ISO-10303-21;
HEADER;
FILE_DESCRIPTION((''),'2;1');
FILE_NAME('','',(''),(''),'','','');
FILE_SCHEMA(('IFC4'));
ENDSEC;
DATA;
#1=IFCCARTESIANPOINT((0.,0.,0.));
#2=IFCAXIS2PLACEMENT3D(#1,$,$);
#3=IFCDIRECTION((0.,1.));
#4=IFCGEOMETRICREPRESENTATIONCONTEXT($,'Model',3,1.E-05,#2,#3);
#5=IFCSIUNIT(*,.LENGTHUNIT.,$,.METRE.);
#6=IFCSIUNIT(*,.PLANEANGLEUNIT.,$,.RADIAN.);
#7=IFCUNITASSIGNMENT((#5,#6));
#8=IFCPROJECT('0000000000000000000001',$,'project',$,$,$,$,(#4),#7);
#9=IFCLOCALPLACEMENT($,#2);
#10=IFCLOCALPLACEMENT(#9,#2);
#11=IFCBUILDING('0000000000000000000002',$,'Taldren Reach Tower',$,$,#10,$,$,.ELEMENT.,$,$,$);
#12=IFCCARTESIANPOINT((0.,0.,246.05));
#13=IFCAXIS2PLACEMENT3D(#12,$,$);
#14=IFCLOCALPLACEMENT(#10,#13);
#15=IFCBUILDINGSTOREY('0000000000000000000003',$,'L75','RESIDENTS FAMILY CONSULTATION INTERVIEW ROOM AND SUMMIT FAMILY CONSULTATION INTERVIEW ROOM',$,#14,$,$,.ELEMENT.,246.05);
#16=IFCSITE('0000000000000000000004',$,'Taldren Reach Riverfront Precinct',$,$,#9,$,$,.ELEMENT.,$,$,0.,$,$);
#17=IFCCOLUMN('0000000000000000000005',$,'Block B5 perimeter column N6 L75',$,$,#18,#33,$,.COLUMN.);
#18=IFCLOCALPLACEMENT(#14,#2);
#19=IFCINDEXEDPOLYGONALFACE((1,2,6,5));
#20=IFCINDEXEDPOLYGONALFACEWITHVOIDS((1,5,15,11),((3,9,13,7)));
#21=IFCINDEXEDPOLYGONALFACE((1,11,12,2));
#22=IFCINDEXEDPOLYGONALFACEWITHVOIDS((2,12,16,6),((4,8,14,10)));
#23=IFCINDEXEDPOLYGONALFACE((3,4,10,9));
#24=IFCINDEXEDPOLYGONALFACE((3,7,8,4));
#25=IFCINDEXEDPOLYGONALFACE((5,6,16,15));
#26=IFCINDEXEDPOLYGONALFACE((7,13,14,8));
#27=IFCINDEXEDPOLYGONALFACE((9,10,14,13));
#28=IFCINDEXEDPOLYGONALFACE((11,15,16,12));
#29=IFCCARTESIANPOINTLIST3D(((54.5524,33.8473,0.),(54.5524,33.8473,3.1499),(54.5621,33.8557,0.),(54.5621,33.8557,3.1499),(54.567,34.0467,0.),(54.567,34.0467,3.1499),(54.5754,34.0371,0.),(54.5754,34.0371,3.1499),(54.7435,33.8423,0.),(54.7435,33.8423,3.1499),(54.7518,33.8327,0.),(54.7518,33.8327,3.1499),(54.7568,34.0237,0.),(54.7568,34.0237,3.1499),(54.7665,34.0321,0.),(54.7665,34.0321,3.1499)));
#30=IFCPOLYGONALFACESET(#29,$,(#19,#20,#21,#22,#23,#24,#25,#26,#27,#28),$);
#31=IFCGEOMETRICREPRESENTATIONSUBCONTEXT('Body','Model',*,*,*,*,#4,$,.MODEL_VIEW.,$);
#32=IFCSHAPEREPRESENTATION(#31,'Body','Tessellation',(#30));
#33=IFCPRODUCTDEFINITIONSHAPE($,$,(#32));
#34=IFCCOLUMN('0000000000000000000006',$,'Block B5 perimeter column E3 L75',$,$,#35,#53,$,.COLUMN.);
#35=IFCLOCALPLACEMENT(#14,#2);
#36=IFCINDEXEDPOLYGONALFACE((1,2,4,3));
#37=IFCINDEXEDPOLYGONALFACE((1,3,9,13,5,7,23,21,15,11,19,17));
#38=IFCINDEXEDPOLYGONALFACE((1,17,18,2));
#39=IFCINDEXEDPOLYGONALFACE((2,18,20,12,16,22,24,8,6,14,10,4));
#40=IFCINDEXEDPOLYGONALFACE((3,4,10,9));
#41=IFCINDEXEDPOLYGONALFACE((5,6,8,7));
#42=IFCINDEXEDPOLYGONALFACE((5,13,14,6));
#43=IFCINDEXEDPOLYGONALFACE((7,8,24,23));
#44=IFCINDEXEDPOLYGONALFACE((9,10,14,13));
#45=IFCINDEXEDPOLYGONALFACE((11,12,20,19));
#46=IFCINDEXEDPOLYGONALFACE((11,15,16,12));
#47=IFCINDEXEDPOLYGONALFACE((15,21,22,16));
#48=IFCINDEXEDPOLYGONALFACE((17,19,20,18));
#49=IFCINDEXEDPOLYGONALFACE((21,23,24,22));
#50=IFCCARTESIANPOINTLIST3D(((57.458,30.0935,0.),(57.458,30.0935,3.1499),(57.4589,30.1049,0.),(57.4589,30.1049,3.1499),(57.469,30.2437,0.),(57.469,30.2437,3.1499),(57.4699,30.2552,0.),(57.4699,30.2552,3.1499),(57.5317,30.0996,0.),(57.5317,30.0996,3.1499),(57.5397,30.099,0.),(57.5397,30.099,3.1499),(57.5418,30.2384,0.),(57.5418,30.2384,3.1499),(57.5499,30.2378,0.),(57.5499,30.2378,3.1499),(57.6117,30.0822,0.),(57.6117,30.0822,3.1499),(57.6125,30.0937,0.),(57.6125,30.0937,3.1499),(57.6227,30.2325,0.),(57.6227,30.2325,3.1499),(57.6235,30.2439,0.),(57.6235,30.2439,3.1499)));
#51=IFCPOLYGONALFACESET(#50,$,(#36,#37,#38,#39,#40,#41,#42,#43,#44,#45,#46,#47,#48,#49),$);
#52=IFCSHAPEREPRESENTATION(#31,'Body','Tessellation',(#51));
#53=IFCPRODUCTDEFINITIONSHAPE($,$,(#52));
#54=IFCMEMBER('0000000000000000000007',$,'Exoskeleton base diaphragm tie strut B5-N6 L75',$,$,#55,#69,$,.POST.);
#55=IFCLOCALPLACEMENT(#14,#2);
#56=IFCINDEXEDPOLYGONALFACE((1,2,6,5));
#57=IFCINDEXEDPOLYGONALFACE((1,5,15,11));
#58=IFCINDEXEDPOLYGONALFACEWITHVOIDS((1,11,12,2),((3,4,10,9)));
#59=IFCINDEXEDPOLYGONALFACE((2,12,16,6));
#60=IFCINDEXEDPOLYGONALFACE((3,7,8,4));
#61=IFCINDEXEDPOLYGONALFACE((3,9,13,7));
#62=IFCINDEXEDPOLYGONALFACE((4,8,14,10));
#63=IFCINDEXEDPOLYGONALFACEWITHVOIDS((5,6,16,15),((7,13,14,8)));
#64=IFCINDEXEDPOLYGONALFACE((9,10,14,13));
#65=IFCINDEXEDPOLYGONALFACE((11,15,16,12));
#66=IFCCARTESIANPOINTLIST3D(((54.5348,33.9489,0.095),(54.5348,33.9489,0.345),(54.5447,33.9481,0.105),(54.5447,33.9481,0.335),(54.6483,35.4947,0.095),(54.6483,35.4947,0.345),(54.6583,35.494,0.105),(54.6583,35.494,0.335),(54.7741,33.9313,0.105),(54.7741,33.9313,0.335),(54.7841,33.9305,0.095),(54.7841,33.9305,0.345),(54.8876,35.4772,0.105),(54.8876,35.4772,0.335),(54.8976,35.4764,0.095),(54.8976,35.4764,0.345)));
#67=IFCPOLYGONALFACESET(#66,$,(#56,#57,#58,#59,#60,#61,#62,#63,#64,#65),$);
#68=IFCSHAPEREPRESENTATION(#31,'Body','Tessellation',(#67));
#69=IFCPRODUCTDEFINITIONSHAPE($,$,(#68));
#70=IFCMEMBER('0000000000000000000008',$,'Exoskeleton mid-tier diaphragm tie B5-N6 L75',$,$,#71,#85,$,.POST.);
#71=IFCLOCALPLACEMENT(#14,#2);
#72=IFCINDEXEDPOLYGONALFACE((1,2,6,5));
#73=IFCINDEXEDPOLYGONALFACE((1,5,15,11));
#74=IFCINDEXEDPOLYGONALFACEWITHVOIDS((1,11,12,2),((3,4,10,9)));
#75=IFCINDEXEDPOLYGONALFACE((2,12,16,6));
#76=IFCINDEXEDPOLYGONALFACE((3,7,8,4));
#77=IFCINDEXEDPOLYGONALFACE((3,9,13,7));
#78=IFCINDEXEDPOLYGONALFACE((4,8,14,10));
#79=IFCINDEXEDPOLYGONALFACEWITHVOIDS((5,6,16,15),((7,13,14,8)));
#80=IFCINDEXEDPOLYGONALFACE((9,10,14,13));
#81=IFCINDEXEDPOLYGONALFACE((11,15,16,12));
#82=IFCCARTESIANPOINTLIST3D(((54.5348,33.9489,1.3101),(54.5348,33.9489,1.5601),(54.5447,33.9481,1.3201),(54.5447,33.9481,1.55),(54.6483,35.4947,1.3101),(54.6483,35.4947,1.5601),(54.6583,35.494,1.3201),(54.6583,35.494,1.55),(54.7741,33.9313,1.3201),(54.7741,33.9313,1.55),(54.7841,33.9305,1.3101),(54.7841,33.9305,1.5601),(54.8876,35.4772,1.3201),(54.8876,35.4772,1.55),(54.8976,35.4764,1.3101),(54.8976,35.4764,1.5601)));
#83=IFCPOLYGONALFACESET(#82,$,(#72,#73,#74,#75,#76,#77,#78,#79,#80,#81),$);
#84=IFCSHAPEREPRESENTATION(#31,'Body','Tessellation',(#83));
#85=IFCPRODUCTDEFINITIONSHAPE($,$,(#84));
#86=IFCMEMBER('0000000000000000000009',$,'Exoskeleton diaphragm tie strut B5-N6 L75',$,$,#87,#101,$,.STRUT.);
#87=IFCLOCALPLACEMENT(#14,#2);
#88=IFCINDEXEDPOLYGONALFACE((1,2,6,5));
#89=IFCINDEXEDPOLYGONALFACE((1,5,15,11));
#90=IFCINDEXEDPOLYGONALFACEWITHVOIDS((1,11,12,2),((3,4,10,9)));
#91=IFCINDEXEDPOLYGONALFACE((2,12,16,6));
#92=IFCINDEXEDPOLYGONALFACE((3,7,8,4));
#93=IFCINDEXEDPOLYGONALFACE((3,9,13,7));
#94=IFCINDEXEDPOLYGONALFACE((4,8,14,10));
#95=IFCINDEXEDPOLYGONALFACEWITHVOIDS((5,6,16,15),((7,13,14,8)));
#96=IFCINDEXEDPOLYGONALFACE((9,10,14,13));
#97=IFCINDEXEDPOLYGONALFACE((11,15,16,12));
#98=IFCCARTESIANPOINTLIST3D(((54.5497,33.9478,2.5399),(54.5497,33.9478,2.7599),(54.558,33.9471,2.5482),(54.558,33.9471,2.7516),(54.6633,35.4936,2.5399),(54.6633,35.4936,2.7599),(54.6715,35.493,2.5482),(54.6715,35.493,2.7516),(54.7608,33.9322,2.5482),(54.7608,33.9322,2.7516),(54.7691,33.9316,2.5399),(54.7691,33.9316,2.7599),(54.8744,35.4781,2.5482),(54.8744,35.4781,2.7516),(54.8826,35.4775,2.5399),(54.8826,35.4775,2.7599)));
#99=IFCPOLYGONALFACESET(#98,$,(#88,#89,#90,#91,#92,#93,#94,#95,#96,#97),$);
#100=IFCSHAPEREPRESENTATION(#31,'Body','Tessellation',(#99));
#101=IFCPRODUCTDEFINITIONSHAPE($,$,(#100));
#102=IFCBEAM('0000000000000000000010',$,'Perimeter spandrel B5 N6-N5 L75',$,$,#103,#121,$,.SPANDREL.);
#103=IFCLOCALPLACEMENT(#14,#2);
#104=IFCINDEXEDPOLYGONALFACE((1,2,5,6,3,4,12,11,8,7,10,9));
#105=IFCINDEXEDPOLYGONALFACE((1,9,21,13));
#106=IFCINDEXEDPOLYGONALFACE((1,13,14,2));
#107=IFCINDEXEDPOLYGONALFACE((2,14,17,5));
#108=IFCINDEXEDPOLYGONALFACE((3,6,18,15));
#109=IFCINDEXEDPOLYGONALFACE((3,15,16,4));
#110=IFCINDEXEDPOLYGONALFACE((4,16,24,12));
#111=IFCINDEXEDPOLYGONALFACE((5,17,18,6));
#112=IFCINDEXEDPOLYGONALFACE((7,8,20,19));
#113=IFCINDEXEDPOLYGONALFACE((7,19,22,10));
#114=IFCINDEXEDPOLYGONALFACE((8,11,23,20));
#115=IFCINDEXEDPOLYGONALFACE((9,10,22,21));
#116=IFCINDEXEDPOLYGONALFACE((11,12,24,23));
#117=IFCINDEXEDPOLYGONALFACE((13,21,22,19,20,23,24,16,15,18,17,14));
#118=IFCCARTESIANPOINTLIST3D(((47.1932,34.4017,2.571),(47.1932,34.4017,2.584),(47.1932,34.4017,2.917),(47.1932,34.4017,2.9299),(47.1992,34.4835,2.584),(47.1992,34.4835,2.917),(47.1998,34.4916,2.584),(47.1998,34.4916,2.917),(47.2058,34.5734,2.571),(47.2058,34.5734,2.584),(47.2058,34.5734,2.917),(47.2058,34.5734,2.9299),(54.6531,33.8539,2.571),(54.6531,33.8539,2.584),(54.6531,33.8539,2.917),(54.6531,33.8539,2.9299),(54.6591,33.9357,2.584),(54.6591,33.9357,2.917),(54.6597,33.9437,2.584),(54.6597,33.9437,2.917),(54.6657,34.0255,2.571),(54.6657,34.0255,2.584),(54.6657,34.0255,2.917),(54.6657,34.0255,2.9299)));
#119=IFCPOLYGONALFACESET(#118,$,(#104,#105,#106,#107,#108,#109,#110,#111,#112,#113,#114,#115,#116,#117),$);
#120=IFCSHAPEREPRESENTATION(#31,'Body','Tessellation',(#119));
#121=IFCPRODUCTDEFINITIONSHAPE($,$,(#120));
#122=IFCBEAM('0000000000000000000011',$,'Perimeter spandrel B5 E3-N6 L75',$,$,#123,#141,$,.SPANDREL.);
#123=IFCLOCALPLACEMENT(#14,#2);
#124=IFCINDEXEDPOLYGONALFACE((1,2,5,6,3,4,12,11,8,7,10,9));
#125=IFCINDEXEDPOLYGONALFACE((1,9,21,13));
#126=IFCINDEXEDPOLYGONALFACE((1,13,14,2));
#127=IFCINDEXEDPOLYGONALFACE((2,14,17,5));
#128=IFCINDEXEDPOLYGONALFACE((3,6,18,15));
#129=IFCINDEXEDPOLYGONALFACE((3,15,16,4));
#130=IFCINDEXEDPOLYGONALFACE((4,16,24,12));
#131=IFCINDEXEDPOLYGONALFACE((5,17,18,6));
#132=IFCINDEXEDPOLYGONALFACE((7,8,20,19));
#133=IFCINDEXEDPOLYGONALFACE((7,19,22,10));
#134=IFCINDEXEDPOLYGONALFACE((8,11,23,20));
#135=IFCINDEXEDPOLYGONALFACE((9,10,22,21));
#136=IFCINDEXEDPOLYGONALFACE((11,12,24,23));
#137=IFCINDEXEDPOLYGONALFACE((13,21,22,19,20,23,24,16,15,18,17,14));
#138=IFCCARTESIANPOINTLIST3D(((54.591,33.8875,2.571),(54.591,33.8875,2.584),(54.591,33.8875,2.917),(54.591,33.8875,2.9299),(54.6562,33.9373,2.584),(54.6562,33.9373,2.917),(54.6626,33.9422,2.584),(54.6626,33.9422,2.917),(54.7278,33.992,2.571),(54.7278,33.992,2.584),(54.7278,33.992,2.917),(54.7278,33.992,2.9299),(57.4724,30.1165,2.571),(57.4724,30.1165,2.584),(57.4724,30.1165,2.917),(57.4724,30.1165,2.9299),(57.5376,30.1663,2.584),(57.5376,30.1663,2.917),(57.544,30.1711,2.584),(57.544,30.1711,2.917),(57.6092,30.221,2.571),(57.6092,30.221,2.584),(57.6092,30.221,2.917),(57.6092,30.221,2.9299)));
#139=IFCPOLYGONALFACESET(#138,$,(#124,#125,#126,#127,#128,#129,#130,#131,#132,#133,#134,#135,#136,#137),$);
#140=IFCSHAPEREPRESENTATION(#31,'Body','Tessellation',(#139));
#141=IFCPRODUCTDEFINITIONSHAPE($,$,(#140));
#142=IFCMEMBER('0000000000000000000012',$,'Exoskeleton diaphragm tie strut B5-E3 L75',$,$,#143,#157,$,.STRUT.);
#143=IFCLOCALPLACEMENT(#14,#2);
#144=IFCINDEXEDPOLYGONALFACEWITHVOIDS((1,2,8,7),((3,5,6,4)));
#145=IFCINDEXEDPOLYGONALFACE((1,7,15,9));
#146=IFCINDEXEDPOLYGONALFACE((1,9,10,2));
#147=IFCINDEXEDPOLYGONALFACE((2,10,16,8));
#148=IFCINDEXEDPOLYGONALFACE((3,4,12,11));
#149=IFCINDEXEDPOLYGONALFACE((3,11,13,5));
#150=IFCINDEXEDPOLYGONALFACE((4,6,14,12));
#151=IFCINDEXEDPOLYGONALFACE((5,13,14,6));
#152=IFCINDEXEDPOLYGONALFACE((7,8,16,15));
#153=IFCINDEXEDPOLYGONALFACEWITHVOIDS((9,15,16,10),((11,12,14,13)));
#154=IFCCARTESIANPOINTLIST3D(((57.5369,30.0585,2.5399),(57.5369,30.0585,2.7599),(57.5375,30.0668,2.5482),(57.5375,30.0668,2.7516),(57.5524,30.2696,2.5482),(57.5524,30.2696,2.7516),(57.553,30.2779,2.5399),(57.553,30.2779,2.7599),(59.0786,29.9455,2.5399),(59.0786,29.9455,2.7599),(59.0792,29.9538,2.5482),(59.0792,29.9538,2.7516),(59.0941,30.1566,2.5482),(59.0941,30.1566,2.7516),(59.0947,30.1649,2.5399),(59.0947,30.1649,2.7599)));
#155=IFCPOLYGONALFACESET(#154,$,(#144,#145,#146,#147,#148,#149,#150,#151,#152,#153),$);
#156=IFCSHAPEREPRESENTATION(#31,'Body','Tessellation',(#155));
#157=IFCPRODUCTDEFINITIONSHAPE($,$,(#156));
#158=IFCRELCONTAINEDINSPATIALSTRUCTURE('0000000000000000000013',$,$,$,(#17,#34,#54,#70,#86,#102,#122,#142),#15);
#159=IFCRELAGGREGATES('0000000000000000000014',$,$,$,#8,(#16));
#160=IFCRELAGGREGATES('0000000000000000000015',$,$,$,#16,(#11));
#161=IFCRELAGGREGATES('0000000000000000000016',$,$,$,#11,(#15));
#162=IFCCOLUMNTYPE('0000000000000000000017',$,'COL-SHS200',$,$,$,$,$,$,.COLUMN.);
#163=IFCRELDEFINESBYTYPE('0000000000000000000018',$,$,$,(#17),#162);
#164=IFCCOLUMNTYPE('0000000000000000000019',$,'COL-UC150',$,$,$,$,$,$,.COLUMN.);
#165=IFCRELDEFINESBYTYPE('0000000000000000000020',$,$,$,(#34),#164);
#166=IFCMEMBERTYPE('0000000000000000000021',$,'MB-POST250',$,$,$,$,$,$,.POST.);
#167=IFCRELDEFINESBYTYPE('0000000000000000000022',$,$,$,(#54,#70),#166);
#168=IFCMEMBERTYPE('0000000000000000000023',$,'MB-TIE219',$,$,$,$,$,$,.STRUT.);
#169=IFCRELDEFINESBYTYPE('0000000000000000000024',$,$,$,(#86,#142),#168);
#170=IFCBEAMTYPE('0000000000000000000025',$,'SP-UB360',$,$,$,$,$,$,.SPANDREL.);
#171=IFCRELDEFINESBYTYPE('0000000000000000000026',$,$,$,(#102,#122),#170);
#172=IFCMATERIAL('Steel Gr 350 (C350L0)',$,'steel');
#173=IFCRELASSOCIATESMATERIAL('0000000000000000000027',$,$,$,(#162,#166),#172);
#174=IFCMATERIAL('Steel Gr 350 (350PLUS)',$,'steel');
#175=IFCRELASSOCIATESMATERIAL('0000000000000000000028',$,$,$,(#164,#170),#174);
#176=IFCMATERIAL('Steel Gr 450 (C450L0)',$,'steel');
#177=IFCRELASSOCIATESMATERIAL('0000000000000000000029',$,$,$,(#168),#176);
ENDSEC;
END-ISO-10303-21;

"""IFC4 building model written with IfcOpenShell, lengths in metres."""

from ifc_helpers import new_model, si_unit, direction, frame, origin, origin_2d, place, context, subcontext, project, spatial, hollow_rectangle, i_section, extrude, source, transform, mapped, material, material_profile, profile_set, type_object, element, save


model = new_model("IFC4")

# Units and contexts
model_context = context("Model", 3, precision=1e-05, world=origin(), true_north=direction((0.0, 1.0)))
body_context = subcontext(model_context, "Body", "Model", "MODEL_VIEW")
ifc_project = project(units=[si_unit("LENGTHUNIT", "METRE"), si_unit("PLANEANGLEUNIT", "RADIAN")], contexts=[model_context])

# Site, building, storey
site_placement = place(None, origin())
site = spatial("IfcSite", under=ifc_project, at=site_placement, Name="Taldren Reach Riverfront Precinct", CompositionType="ELEMENT", RefElevation=0.0)
building_placement = place(site_placement, origin())
building = spatial("IfcBuilding", under=site, at=building_placement, Name="Taldren Reach Tower", CompositionType="ELEMENT")
storey_placement = place(building_placement, frame((0.0, 0.0, 246.05)))
storey = spatial("IfcBuildingStorey", under=building, at=storey_placement, Name="L75", Description="RESIDENTS FAMILY CONSULTATION INTERVIEW ROOM AND SUMMIT FAMILY CONSULTATION INTERVIEW ROOM", CompositionType="ELEMENT", Elevation=246.05)

# Columns
ifc_material_1 = material(Name="Steel Gr 350 (C350L0)", Category="steel")
ifc_material_profile_1 = material_profile(ifc_material_1, hollow_rectangle(XDim=0.2, YDim=0.2, WallThickness=0.009, at=origin_2d()), Name="200x200x9.0SHS")
ifc_profile_set_1 = profile_set([ifc_material_profile_1], Name="Steel Gr 350 (C350L0)")
column_type_1 = type_object("IfcColumnType", Name="COL-SHS200", PredefinedType="COLUMN", material=ifc_profile_set_1)
shared_shape_1 = source(origin(), body_context, "Body", "SweptSolid", [
    extrude(hollow_rectangle(XDim=0.2, YDim=0.2, WallThickness=0.009, at=origin_2d()), origin(), (0.0, 0.0, 1.0), 3.1499),
])
column_1_placement = place(storey_placement, frame((54.6594, 33.9397, 0.0), z_axis=(0.0, 0.0, 1.0), x_axis=(0.997314, -0.073238, 0.0)))
element("IfcColumn", 1, at=column_1_placement, inside=storey, type_object=column_type_1, Name="Block B5 perimeter column N6 L75", PredefinedType="COLUMN", context=body_context, shape_type="MappedRepresentation", body=[
    mapped(shared_shape_1, transform((0.0, 0.0, 0.0), scale=1.0)),
])
ifc_material_2 = material(Name="Steel Gr 350 (350PLUS)", Category="steel")
ifc_material_profile_2 = material_profile(ifc_material_2, i_section(OverallWidth=0.1541, OverallDepth=0.1621, WebThickness=0.0081, FlangeThickness=0.0115, at=origin_2d()), Name="150UC37.2")
ifc_profile_set_2 = profile_set([ifc_material_profile_2], Name="Steel Gr 350 (350PLUS)")
column_type_2 = type_object("IfcColumnType", Name="COL-UC150", PredefinedType="COLUMN", material=ifc_profile_set_2)
shared_shape_2 = source(origin(), body_context, "Body", "SweptSolid", [
    extrude(i_section(OverallWidth=0.1541, OverallDepth=0.1621, WebThickness=0.0081, FlangeThickness=0.0115, at=origin_2d()), origin(), (0.0, 0.0, 1.0), 3.1499),
])
column_2_placement = place(storey_placement, frame((57.5408, 30.1687, 0.0), z_axis=(0.0, 0.0, 1.0), x_axis=(0.997314, -0.073238, 0.0)))
element("IfcColumn", 2, at=column_2_placement, inside=storey, type_object=column_type_2, Name="Block B5 perimeter column E3 L75", PredefinedType="COLUMN", context=body_context, shape_type="MappedRepresentation", body=[
    mapped(shared_shape_2, transform((0.0, 0.0, 0.0), scale=1.0)),
])

# Members
ifc_material_profile_3 = material_profile(ifc_material_1, hollow_rectangle(XDim=0.25, YDim=0.25, WallThickness=0.01, at=origin_2d()), Name="250x250x10.0SHS")
ifc_profile_set_3 = profile_set([ifc_material_profile_3], Name="Steel Gr 350 (C350L0)")
member_type_1 = type_object("IfcMemberType", Name="MB-POST250", PredefinedType="POST", material=ifc_profile_set_3)
shared_shape_3 = source(origin(), body_context, "Body", "SweptSolid", [
    extrude(hollow_rectangle(XDim=0.25, YDim=0.25, WallThickness=0.01, at=origin_2d()), origin(), (0.0, 0.0, 1.0), 1.55),
])
for number, where, z_axis, x_axis, name in (
    (3, (54.6594, 33.9397, 0.22), (0.073239, 0.997314, 0.0), (-0.997314, 0.073239, 0.0), "Exoskeleton base diaphragm tie strut B5-N6 L75"),
    (4, (54.6594, 33.9397, 1.4351), (0.073239, 0.997314, 0.0), (-0.997314, 0.073239, 0.0), "Exoskeleton mid-tier diaphragm tie B5-N6 L75"),
):
    element("IfcMember", number, at=place(storey_placement, frame(where, z_axis=z_axis, x_axis=x_axis)), inside=storey, type_object=member_type_1, Name=name, PredefinedType="POST", context=body_context, shape_type="MappedRepresentation", body=[
        mapped(shared_shape_3, transform((0.0, 0.0, 0.0), scale=1.0)),
    ])
ifc_material_3 = material(Name="Steel Gr 450 (C450L0)", Category="steel")
ifc_material_profile_4 = material_profile(ifc_material_3, hollow_rectangle(XDim=0.22, YDim=0.22, WallThickness=0.0083, at=origin_2d()), Name="220x220x8.2SHS")
ifc_profile_set_4 = profile_set([ifc_material_profile_4], Name="Steel Gr 450 (C450L0)")
member_type_2 = type_object("IfcMemberType", Name="MB-TIE219", PredefinedType="STRUT", material=ifc_profile_set_4)
shared_shape_4 = source(origin(), body_context, "Body", "SweptSolid", [
    extrude(hollow_rectangle(XDim=0.22, YDim=0.22, WallThickness=0.0083, at=origin_2d()), origin(), (0.0, 0.0, 1.0), 1.55),
])
member_1_placement = place(storey_placement, frame((54.6594, 33.9397, 2.6499), z_axis=(0.073239, 0.997314, 0.0), x_axis=(-0.997314, 0.073239, 0.0)))
element("IfcMember", 5, at=member_1_placement, inside=storey, type_object=member_type_2, Name="Exoskeleton diaphragm tie strut B5-N6 L75", PredefinedType="STRUT", context=body_context, shape_type="MappedRepresentation", body=[
    mapped(shared_shape_4, transform((0.0, 0.0, 0.0), scale=1.0)),
])

# Beams
ifc_material_profile_5 = material_profile(ifc_material_2, i_section(OverallWidth=0.1721, OverallDepth=0.3589, WebThickness=0.0081, FlangeThickness=0.0129, at=origin_2d()), Name="360UB56.7")
ifc_profile_set_5 = profile_set([ifc_material_profile_5], Name="Steel Gr 350 (350PLUS)")
beam_type = type_object("IfcBeamType", Name="SP-UB360", PredefinedType="SPANDREL", material=ifc_profile_set_5)
shared_shape_5 = source(origin(), body_context, "Body", "SweptSolid", [
    extrude(i_section(OverallWidth=0.1721, OverallDepth=0.3589, WebThickness=0.0081, FlangeThickness=0.0129, at=origin_2d()), origin(), (0.0, 0.0, 1.0), 7.48),
])
beam_1_placement = place(storey_placement, frame((54.6594, 33.9397, 2.7505), z_axis=(-0.997314, 0.073242, 0.0), x_axis=(-0.073242, -0.997314, 0.0)))
element("IfcBeam", 6, at=beam_1_placement, inside=storey, type_object=beam_type, Name="Perimeter spandrel B5 N6-N5 L75", PredefinedType="SPANDREL", context=body_context, shape_type="MappedRepresentation", body=[
    mapped(shared_shape_5, transform((0.0, 0.0, 0.0), scale=1.0)),
])
shared_shape_6 = source(origin(), body_context, "Body", "SweptSolid", [
    extrude(i_section(OverallWidth=0.1721, OverallDepth=0.3589, WebThickness=0.0081, FlangeThickness=0.0129, at=origin_2d()), origin(), (0.0, 0.0, 1.0), 4.7458),
])
beam_2_placement = place(storey_placement, frame((57.5408, 30.1687, 2.7505), z_axis=(-0.607137, 0.794597, 0.0), x_axis=(-0.794597, -0.607137, 0.0)))
element("IfcBeam", 7, at=beam_2_placement, inside=storey, type_object=beam_type, Name="Perimeter spandrel B5 E3-N6 L75", PredefinedType="SPANDREL", context=body_context, shape_type="MappedRepresentation", body=[
    mapped(shared_shape_6, transform((0.0, 0.0, 0.0), scale=1.0)),
])

# Member
shared_shape_7 = source(origin(), body_context, "Body", "SweptSolid", [
    extrude(hollow_rectangle(XDim=0.22, YDim=0.22, WallThickness=0.0083, at=origin_2d()), origin(), (0.0, 0.0, 1.0), 1.5459),
])
member_2_placement = place(storey_placement, frame((57.5449, 30.1682, 2.6499), z_axis=(0.997323, -0.073121, 0.0), x_axis=(0.073121, 0.997323, 0.0)))
element("IfcMember", 8, at=member_2_placement, inside=storey, type_object=member_type_2, Name="Exoskeleton diaphragm tie strut B5-E3 L75", PredefinedType="STRUT", context=body_context, shape_type="MappedRepresentation", body=[
    mapped(shared_shape_7, transform((0.0, 0.0, 0.0), scale=1.0)),
])

save(model, "model.ifc")
